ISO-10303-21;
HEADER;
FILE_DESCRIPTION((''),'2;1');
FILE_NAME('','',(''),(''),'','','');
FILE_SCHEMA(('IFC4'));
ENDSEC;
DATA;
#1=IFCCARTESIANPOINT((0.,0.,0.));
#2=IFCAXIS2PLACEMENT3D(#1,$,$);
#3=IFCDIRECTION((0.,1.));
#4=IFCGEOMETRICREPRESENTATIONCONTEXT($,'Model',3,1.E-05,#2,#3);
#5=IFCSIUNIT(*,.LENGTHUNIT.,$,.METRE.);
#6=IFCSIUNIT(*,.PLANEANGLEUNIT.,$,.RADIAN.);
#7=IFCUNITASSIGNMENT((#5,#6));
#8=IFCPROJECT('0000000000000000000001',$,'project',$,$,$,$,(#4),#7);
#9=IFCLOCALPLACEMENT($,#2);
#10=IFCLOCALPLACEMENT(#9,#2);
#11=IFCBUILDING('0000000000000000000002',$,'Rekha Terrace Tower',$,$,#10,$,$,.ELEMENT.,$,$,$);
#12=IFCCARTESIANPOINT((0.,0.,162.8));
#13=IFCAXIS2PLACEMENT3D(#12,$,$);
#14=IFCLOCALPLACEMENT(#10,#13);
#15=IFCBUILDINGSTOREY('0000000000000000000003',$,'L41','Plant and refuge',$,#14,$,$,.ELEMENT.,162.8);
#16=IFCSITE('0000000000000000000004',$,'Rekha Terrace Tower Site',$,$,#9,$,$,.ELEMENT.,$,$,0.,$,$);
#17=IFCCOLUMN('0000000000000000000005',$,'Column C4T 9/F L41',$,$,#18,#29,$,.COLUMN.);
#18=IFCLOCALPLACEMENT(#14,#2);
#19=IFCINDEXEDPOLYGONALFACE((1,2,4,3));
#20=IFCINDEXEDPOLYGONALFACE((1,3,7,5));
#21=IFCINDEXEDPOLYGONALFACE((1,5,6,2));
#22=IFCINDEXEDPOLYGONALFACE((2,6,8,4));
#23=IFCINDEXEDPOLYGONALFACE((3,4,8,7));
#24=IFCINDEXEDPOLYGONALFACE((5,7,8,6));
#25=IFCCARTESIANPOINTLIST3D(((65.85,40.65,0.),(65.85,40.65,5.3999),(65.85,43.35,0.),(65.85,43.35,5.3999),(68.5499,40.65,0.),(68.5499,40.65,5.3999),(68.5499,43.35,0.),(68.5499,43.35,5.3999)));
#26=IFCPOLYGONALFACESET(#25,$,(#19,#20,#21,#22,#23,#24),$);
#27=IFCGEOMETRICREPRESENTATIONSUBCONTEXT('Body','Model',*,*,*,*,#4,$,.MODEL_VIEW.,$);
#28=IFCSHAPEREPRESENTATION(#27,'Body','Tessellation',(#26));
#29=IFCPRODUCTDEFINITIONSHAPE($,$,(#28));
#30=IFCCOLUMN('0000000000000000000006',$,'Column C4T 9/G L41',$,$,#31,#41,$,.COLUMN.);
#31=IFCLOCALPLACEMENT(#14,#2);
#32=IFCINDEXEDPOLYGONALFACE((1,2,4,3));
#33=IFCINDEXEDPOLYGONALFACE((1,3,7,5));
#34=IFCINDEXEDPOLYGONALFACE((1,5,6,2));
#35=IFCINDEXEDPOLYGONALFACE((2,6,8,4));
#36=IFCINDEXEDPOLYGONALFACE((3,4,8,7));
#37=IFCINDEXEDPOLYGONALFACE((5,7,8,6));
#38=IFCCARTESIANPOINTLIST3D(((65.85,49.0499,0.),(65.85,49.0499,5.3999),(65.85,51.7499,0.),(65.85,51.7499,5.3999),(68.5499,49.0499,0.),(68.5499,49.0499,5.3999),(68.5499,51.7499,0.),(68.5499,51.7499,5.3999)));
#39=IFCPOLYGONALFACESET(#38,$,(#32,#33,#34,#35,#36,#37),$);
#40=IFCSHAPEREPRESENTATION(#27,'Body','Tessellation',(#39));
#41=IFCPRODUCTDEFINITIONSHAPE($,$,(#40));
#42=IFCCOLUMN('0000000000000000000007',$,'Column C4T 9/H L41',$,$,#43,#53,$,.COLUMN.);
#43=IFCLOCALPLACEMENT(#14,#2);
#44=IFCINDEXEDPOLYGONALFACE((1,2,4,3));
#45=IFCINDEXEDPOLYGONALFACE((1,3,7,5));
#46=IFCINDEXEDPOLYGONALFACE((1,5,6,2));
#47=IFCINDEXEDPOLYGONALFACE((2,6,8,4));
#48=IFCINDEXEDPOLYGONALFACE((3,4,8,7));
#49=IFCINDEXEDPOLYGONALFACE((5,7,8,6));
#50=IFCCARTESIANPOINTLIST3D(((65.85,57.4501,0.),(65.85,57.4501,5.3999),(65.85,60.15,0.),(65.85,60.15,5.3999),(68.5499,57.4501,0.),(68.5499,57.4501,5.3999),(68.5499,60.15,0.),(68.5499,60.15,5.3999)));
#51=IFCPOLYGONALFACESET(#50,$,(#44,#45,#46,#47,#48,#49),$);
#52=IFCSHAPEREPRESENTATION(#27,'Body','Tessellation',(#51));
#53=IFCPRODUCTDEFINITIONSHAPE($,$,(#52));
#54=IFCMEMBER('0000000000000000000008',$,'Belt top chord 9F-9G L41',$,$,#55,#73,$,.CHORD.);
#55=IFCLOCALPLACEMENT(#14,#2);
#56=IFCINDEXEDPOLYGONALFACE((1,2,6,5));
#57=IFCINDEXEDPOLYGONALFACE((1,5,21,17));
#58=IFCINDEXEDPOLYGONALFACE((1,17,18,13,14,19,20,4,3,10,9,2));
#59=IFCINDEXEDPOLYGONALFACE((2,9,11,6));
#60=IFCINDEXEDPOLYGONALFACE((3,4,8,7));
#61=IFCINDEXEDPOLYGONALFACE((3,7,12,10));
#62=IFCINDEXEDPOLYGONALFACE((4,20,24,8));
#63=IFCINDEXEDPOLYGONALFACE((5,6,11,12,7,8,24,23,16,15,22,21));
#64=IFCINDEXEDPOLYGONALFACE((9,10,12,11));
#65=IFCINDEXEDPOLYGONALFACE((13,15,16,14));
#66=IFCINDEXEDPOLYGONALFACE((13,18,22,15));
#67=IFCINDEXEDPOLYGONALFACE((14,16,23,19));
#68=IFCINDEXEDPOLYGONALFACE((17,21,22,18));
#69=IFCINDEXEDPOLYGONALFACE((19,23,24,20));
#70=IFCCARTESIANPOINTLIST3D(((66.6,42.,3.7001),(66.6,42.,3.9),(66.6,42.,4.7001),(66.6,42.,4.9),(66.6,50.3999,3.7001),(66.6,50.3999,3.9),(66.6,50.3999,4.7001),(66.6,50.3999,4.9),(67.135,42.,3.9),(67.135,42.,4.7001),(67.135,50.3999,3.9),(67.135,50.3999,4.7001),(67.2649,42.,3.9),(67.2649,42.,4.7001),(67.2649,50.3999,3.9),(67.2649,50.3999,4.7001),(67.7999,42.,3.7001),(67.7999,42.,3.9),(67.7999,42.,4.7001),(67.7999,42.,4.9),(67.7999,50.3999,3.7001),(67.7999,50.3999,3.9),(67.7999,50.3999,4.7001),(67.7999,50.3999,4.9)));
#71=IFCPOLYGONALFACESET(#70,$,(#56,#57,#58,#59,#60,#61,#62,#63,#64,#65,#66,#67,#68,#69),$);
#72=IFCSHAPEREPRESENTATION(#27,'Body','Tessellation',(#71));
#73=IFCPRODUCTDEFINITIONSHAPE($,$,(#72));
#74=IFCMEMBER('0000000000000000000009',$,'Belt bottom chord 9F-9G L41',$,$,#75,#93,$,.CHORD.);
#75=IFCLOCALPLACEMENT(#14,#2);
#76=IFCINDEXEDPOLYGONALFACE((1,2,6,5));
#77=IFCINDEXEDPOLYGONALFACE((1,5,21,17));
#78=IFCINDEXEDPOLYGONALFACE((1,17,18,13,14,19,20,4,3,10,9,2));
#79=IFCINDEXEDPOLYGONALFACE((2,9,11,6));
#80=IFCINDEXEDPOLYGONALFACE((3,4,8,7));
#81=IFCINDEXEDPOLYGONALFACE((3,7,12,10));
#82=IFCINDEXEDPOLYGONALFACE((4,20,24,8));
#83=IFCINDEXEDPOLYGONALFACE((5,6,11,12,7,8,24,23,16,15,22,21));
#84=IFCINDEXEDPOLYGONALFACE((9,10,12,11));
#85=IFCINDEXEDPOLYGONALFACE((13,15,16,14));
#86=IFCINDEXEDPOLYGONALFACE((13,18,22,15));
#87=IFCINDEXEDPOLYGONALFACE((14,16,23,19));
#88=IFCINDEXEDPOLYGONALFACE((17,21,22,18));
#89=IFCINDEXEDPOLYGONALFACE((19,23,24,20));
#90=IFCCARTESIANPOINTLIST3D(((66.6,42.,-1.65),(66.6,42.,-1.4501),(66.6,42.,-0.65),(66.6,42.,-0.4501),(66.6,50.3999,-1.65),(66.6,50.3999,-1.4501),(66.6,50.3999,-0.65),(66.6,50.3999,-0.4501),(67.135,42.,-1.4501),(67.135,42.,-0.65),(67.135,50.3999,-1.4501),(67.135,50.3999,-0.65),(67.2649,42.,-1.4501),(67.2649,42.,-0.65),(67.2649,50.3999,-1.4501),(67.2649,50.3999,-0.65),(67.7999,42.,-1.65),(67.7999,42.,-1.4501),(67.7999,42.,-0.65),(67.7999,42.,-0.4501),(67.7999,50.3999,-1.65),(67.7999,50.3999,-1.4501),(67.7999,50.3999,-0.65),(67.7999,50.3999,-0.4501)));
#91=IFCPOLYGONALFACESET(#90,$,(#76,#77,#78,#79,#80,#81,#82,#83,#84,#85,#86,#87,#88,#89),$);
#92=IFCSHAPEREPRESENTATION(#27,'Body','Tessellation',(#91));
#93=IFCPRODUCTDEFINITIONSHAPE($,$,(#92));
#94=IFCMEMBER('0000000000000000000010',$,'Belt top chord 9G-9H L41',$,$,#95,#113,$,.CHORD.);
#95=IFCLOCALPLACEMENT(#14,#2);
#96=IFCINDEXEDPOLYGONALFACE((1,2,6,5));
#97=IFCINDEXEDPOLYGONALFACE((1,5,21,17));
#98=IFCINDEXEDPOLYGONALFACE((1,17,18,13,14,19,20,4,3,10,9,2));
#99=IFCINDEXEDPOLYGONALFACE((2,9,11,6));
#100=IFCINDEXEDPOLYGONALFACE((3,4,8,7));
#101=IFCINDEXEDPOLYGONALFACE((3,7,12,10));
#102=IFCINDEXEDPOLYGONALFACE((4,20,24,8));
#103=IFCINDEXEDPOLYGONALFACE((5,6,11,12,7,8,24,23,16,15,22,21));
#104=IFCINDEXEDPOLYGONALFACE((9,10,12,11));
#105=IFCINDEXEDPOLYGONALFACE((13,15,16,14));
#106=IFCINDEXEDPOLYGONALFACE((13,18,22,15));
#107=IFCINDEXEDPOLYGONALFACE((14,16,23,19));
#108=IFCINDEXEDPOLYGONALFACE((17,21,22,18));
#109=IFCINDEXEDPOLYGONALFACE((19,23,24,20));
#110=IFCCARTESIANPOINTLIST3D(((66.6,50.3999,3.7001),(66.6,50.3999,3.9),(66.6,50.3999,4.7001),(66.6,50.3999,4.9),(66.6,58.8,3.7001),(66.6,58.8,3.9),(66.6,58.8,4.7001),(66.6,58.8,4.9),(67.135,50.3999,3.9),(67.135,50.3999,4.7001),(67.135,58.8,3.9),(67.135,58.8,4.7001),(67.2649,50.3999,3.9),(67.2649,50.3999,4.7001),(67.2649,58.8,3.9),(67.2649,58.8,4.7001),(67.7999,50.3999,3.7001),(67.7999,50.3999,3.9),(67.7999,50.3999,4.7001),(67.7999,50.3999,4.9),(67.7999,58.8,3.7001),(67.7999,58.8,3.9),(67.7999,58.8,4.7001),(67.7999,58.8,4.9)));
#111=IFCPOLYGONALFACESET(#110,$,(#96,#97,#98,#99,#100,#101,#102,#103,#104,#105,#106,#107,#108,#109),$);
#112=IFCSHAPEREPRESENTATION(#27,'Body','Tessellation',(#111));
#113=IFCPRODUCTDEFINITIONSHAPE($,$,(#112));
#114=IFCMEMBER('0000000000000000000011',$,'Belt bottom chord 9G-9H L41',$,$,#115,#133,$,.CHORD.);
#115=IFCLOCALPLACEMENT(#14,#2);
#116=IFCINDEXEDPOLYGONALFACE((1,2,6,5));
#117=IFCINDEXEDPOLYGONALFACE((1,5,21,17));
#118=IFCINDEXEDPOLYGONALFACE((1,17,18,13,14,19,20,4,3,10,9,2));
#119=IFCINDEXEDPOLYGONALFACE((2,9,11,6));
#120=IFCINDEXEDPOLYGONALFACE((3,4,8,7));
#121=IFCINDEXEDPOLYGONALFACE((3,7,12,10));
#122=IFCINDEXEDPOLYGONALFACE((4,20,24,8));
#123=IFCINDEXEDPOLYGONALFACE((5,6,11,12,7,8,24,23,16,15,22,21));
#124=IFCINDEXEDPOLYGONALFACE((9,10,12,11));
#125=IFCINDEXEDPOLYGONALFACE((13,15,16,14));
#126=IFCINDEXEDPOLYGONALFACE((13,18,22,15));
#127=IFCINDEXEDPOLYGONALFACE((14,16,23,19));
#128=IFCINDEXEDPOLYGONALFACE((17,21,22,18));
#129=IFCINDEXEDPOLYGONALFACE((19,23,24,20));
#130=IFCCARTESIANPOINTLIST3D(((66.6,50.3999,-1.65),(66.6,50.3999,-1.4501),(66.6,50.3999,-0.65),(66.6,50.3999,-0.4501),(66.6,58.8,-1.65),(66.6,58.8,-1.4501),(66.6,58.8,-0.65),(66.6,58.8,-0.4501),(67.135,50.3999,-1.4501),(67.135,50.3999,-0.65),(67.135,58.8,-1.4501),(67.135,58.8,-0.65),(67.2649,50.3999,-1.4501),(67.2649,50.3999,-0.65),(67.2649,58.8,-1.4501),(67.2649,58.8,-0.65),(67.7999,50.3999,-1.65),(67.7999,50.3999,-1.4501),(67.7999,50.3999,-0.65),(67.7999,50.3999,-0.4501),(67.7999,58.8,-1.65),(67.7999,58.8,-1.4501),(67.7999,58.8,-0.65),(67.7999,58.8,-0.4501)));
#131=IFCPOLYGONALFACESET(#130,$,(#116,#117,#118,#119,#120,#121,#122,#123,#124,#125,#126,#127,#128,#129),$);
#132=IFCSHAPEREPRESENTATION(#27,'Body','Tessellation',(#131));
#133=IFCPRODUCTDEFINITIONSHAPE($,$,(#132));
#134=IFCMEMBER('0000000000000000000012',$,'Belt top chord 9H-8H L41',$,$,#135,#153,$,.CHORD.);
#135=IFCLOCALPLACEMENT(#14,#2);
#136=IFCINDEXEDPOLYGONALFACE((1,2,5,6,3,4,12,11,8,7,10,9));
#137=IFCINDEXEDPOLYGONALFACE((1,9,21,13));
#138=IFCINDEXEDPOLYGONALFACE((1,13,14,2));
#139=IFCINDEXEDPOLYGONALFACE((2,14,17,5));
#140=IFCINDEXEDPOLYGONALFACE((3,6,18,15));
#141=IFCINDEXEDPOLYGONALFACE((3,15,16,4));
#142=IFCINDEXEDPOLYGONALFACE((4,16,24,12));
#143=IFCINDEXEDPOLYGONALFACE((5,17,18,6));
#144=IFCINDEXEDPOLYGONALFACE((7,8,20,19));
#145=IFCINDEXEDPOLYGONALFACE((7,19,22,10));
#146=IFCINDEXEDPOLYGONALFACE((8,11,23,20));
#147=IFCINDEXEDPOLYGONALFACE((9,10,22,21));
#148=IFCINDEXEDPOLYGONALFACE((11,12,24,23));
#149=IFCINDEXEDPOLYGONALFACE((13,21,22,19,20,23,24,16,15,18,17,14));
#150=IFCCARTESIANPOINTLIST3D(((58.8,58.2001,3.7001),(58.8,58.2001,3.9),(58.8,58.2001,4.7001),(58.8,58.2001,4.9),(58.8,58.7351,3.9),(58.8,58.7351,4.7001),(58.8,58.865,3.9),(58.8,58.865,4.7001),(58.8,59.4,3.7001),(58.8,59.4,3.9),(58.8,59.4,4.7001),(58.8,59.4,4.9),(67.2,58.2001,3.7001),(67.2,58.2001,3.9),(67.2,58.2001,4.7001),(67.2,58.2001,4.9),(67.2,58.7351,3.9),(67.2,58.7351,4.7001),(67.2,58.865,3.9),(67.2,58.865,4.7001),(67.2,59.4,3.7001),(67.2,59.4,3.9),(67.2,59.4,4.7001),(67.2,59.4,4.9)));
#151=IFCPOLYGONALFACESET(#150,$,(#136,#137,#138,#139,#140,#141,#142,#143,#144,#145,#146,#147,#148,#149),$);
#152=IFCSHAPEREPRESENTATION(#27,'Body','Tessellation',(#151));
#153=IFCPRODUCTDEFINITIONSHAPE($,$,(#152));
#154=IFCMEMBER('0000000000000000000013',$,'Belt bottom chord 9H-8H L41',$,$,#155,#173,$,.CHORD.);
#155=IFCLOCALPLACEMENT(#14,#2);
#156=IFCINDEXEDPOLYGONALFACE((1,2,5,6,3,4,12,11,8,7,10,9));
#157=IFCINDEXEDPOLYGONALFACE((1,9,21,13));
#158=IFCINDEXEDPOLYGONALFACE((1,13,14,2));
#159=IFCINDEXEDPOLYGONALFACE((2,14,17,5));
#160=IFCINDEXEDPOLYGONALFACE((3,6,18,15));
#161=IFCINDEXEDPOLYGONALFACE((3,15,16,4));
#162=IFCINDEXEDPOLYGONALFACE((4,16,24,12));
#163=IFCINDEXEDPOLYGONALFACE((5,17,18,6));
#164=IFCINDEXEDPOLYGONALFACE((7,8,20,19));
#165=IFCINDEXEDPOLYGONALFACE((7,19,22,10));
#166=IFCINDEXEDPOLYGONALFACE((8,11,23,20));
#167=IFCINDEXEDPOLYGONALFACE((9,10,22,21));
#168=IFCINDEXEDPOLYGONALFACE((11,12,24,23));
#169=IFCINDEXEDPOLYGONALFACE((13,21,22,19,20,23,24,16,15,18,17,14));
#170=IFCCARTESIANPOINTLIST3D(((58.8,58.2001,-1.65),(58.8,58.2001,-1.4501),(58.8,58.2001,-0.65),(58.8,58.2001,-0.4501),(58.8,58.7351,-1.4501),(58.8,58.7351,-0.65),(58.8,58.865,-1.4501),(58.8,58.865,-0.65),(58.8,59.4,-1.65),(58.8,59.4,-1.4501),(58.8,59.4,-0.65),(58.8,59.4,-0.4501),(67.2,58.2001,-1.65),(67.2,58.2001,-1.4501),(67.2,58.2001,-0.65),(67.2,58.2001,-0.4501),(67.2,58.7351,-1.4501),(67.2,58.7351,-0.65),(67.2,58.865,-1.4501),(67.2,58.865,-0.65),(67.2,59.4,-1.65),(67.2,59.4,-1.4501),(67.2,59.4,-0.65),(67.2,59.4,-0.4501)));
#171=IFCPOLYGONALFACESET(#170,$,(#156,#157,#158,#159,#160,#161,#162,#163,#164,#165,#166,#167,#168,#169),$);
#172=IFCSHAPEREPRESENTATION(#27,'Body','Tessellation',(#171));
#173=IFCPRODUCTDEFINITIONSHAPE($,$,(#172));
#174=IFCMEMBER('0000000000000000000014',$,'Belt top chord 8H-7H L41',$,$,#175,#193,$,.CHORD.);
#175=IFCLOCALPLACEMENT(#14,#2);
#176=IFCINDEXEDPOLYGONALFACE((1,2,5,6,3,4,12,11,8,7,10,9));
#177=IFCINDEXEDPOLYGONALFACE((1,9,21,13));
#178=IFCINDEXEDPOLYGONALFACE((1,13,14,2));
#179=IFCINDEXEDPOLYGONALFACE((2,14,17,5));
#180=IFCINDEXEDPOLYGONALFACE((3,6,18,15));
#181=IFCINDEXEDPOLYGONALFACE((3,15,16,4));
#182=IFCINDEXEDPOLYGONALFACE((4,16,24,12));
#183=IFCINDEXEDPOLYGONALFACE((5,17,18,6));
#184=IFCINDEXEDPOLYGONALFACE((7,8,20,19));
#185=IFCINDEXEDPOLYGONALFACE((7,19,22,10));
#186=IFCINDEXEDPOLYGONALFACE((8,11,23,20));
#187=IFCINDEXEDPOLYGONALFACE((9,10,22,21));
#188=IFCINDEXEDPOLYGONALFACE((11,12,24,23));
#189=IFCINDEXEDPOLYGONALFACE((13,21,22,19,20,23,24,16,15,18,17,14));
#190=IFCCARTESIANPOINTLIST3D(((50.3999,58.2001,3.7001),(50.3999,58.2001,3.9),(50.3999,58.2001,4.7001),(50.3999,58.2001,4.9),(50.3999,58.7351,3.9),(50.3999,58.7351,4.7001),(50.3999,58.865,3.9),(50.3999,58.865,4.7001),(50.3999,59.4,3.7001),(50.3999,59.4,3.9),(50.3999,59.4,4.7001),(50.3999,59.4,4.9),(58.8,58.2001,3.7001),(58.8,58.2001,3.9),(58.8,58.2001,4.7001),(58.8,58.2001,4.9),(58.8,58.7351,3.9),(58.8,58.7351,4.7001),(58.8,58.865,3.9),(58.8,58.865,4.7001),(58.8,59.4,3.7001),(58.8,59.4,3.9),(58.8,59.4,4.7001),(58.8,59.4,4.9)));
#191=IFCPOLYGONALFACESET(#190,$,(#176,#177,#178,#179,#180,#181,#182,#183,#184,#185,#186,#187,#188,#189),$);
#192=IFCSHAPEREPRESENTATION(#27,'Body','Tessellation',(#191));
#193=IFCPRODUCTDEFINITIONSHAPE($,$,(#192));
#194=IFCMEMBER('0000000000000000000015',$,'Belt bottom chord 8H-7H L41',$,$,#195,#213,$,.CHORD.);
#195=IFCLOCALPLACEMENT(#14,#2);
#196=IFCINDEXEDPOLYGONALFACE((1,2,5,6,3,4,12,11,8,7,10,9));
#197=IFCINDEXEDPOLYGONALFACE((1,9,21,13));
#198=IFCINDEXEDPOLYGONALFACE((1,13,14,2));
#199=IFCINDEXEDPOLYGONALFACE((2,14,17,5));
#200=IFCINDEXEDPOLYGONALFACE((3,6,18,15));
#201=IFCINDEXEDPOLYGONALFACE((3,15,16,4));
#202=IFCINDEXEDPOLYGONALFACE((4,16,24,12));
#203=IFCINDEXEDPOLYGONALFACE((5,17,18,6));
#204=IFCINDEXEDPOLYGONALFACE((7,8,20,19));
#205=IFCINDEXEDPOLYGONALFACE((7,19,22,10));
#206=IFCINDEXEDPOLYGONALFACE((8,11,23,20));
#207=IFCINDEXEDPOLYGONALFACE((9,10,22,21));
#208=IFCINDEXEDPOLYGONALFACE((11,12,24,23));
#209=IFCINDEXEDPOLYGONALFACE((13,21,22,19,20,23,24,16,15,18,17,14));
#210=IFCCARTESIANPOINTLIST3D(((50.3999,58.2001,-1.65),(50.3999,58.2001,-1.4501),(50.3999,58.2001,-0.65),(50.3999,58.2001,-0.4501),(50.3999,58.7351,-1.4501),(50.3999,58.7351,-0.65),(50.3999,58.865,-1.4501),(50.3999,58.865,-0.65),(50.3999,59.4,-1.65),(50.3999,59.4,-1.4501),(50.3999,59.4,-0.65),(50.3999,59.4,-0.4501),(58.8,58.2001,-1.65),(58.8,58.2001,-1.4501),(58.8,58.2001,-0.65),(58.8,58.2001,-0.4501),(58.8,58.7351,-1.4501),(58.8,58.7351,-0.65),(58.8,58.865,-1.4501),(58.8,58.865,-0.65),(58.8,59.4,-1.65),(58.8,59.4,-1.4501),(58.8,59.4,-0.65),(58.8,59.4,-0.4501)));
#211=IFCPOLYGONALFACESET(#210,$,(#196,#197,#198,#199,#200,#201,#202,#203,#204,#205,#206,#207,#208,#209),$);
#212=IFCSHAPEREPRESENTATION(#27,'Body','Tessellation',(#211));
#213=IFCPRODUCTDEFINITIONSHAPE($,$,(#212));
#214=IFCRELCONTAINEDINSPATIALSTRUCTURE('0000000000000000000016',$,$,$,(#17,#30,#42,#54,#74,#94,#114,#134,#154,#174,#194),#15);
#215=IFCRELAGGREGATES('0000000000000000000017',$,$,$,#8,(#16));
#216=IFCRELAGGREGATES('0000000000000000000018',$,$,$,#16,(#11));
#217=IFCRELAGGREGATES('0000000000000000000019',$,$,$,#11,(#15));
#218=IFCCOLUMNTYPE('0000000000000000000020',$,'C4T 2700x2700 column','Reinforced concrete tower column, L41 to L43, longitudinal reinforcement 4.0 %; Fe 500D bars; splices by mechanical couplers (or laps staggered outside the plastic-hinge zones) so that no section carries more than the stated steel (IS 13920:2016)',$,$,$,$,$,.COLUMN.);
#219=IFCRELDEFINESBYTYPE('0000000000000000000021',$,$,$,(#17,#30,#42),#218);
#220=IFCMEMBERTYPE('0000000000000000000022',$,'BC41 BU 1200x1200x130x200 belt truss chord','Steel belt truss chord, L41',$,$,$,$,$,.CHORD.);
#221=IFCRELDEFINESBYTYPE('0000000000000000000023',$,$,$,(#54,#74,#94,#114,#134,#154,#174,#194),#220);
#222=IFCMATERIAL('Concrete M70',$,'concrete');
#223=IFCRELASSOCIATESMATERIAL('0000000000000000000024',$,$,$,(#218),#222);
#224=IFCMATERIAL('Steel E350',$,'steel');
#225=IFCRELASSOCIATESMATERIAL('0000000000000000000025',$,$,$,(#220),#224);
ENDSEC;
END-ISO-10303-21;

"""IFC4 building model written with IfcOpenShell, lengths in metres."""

from ifc_helpers import new_model, si_unit, direction, frame, origin, origin_2d, place, context, subcontext, project, spatial, rectangle, i_section, extrude, material, material_profile, profile_set, type_object, element, save


model = new_model("IFC4")

# Units and contexts
model_context = context("Model", 3, precision=1e-05, world=origin(), true_north=direction((0.0, 1.0)))
body_context = subcontext(model_context, "Body", "Model", "MODEL_VIEW")
ifc_project = project(units=[si_unit("LENGTHUNIT", "METRE"), si_unit("PLANEANGLEUNIT", "RADIAN")], contexts=[model_context])

# Site, building, storey
site_placement = place(None, origin())
site = spatial("IfcSite", under=ifc_project, at=site_placement, Name="Rekha Terrace Tower Site", CompositionType="ELEMENT", RefElevation=0.0)
building_placement = place(site_placement, origin())
building = spatial("IfcBuilding", under=site, at=building_placement, Name="Rekha Terrace Tower", CompositionType="ELEMENT")
storey_placement = place(building_placement, frame((0.0, 0.0, 162.8)))
storey = spatial("IfcBuildingStorey", under=building, at=storey_placement, Name="L41", Description="Plant and refuge", CompositionType="ELEMENT", Elevation=162.8)

# Columns
ifc_material_1 = material(Name="Concrete M70", Category="concrete")
ifc_material_profile_1 = material_profile(ifc_material_1, rectangle(XDim=2.7, YDim=2.7, at=origin_2d()), Name="RC 2700x2700")
ifc_profile_set_1 = profile_set([ifc_material_profile_1], Name="Concrete M70")
column_type = type_object("IfcColumnType", Name="C4T 2700x2700 column", Description="Reinforced concrete tower column, L41 to L43, longitudinal reinforcement 4.0 %; Fe 500D bars; splices by mechanical couplers (or laps staggered outside the plastic-hinge zones) so that no section carries more than the stated steel (IS 13920:2016)", PredefinedType="COLUMN", material=ifc_profile_set_1)
for number, where, z_axis, x_axis, name in (
    (1, (67.2, 42.0, 0.0), (0.0, 0.0, 1.0), (1.0, 0.0, 0.0), "Column C4T 9/F L41"),
    (2, (67.2, 50.3999, 0.0), (0.0, 0.0, 1.0), (1.0, 0.0, 0.0), "Column C4T 9/G L41"),
    (3, (67.2, 58.8, 0.0), (0.0, 0.0, 1.0), (1.0, 0.0, 0.0), "Column C4T 9/H L41"),
):
    element("IfcColumn", number, at=place(storey_placement, frame(where, z_axis=z_axis, x_axis=x_axis)), inside=storey, type_object=column_type, Name=name, PredefinedType="COLUMN", context=body_context, shape_type="SweptSolid", body=[
        extrude(rectangle(XDim=2.7, YDim=2.7, at=origin_2d()), origin(), (0.0, 0.0, 1.0), 5.3999),
    ])

# Members
ifc_material_2 = material(Name="Steel E350", Category="steel")
ifc_material_profile_2 = material_profile(ifc_material_2, i_section(OverallWidth=1.2, OverallDepth=1.2, WebThickness=0.1299, FlangeThickness=0.2, at=origin_2d()), Name="BU 1200x1200x130x200")
ifc_profile_set_2 = profile_set([ifc_material_profile_2], Name="Steel E350")
member_type_1 = type_object("IfcMemberType", Name="BC41 BU 1200x1200x130x200 belt truss chord", Description="Steel belt truss chord, L41", PredefinedType="CHORD", material=ifc_profile_set_2)
for number, where, z_axis, x_axis, name in (
    (4, (67.2, 42.0, 4.3), (0.0, 1.0, 0.0), (-1.0, 0.0, 0.0), "Belt top chord 9F-9G L41"),
    (5, (67.2, 42.0, -1.05), (0.0, 1.0, 0.0), (-1.0, 0.0, 0.0), "Belt bottom chord 9F-9G L41"),
):
    element("IfcMember", number, at=place(storey_placement, frame(where, z_axis=z_axis, x_axis=x_axis)), inside=storey, type_object=member_type_1, Name=name, PredefinedType="CHORD", context=body_context, shape_type="SweptSolid", body=[
        extrude(i_section(OverallWidth=1.2, OverallDepth=1.2, WebThickness=0.1299, FlangeThickness=0.2, at=origin_2d()), origin(), (0.0, 0.0, 1.0), 8.3999),
    ])
for number, where, z_axis, x_axis, name in (
    (6, (67.2, 50.3999, 4.3), (0.0, 1.0, 0.0), (-1.0, 0.0, 0.0), "Belt top chord 9G-9H L41"),
    (7, (67.2, 50.3999, -1.05), (0.0, 1.0, 0.0), (-1.0, 0.0, 0.0), "Belt bottom chord 9G-9H L41"),
):
    element("IfcMember", number, at=place(storey_placement, frame(where, z_axis=z_axis, x_axis=x_axis)), inside=storey, type_object=member_type_1, Name=name, PredefinedType="CHORD", context=body_context, shape_type="SweptSolid", body=[
        extrude(i_section(OverallWidth=1.2, OverallDepth=1.2, WebThickness=0.1299, FlangeThickness=0.2, at=origin_2d()), origin(), (0.0, 0.0, 1.0), 8.4001),
    ])
for number, where, z_axis, x_axis, name in (
    (8, (67.2, 58.8, 4.3), (-1.0, 0.0, 0.0), (0.0, -1.0, 0.0), "Belt top chord 9H-8H L41"),
    (9, (67.2, 58.8, -1.05), (-1.0, 0.0, 0.0), (0.0, -1.0, 0.0), "Belt bottom chord 9H-8H L41"),
):
    element("IfcMember", number, at=place(storey_placement, frame(where, z_axis=z_axis, x_axis=x_axis)), inside=storey, type_object=member_type_1, Name=name, PredefinedType="CHORD", context=body_context, shape_type="SweptSolid", body=[
        extrude(i_section(OverallWidth=1.2, OverallDepth=1.2, WebThickness=0.1299, FlangeThickness=0.2, at=origin_2d()), origin(), (0.0, 0.0, 1.0), 8.3999),
    ])
for number, where, z_axis, x_axis, name in (
    (10, (58.8, 58.8, 4.3), (-1.0, 0.0, 0.0), (0.0, -1.0, 0.0), "Belt top chord 8H-7H L41"),
    (11, (58.8, 58.8, -1.05), (-1.0, 0.0, 0.0), (0.0, -1.0, 0.0), "Belt bottom chord 8H-7H L41"),
):
    element("IfcMember", number, at=place(storey_placement, frame(where, z_axis=z_axis, x_axis=x_axis)), inside=storey, type_object=member_type_1, Name=name, PredefinedType="CHORD", context=body_context, shape_type="SweptSolid", body=[
        extrude(i_section(OverallWidth=1.2, OverallDepth=1.2, WebThickness=0.1299, FlangeThickness=0.2, at=origin_2d()), origin(), (0.0, 0.0, 1.0), 8.4001),
    ])

save(model, "model.ifc")
